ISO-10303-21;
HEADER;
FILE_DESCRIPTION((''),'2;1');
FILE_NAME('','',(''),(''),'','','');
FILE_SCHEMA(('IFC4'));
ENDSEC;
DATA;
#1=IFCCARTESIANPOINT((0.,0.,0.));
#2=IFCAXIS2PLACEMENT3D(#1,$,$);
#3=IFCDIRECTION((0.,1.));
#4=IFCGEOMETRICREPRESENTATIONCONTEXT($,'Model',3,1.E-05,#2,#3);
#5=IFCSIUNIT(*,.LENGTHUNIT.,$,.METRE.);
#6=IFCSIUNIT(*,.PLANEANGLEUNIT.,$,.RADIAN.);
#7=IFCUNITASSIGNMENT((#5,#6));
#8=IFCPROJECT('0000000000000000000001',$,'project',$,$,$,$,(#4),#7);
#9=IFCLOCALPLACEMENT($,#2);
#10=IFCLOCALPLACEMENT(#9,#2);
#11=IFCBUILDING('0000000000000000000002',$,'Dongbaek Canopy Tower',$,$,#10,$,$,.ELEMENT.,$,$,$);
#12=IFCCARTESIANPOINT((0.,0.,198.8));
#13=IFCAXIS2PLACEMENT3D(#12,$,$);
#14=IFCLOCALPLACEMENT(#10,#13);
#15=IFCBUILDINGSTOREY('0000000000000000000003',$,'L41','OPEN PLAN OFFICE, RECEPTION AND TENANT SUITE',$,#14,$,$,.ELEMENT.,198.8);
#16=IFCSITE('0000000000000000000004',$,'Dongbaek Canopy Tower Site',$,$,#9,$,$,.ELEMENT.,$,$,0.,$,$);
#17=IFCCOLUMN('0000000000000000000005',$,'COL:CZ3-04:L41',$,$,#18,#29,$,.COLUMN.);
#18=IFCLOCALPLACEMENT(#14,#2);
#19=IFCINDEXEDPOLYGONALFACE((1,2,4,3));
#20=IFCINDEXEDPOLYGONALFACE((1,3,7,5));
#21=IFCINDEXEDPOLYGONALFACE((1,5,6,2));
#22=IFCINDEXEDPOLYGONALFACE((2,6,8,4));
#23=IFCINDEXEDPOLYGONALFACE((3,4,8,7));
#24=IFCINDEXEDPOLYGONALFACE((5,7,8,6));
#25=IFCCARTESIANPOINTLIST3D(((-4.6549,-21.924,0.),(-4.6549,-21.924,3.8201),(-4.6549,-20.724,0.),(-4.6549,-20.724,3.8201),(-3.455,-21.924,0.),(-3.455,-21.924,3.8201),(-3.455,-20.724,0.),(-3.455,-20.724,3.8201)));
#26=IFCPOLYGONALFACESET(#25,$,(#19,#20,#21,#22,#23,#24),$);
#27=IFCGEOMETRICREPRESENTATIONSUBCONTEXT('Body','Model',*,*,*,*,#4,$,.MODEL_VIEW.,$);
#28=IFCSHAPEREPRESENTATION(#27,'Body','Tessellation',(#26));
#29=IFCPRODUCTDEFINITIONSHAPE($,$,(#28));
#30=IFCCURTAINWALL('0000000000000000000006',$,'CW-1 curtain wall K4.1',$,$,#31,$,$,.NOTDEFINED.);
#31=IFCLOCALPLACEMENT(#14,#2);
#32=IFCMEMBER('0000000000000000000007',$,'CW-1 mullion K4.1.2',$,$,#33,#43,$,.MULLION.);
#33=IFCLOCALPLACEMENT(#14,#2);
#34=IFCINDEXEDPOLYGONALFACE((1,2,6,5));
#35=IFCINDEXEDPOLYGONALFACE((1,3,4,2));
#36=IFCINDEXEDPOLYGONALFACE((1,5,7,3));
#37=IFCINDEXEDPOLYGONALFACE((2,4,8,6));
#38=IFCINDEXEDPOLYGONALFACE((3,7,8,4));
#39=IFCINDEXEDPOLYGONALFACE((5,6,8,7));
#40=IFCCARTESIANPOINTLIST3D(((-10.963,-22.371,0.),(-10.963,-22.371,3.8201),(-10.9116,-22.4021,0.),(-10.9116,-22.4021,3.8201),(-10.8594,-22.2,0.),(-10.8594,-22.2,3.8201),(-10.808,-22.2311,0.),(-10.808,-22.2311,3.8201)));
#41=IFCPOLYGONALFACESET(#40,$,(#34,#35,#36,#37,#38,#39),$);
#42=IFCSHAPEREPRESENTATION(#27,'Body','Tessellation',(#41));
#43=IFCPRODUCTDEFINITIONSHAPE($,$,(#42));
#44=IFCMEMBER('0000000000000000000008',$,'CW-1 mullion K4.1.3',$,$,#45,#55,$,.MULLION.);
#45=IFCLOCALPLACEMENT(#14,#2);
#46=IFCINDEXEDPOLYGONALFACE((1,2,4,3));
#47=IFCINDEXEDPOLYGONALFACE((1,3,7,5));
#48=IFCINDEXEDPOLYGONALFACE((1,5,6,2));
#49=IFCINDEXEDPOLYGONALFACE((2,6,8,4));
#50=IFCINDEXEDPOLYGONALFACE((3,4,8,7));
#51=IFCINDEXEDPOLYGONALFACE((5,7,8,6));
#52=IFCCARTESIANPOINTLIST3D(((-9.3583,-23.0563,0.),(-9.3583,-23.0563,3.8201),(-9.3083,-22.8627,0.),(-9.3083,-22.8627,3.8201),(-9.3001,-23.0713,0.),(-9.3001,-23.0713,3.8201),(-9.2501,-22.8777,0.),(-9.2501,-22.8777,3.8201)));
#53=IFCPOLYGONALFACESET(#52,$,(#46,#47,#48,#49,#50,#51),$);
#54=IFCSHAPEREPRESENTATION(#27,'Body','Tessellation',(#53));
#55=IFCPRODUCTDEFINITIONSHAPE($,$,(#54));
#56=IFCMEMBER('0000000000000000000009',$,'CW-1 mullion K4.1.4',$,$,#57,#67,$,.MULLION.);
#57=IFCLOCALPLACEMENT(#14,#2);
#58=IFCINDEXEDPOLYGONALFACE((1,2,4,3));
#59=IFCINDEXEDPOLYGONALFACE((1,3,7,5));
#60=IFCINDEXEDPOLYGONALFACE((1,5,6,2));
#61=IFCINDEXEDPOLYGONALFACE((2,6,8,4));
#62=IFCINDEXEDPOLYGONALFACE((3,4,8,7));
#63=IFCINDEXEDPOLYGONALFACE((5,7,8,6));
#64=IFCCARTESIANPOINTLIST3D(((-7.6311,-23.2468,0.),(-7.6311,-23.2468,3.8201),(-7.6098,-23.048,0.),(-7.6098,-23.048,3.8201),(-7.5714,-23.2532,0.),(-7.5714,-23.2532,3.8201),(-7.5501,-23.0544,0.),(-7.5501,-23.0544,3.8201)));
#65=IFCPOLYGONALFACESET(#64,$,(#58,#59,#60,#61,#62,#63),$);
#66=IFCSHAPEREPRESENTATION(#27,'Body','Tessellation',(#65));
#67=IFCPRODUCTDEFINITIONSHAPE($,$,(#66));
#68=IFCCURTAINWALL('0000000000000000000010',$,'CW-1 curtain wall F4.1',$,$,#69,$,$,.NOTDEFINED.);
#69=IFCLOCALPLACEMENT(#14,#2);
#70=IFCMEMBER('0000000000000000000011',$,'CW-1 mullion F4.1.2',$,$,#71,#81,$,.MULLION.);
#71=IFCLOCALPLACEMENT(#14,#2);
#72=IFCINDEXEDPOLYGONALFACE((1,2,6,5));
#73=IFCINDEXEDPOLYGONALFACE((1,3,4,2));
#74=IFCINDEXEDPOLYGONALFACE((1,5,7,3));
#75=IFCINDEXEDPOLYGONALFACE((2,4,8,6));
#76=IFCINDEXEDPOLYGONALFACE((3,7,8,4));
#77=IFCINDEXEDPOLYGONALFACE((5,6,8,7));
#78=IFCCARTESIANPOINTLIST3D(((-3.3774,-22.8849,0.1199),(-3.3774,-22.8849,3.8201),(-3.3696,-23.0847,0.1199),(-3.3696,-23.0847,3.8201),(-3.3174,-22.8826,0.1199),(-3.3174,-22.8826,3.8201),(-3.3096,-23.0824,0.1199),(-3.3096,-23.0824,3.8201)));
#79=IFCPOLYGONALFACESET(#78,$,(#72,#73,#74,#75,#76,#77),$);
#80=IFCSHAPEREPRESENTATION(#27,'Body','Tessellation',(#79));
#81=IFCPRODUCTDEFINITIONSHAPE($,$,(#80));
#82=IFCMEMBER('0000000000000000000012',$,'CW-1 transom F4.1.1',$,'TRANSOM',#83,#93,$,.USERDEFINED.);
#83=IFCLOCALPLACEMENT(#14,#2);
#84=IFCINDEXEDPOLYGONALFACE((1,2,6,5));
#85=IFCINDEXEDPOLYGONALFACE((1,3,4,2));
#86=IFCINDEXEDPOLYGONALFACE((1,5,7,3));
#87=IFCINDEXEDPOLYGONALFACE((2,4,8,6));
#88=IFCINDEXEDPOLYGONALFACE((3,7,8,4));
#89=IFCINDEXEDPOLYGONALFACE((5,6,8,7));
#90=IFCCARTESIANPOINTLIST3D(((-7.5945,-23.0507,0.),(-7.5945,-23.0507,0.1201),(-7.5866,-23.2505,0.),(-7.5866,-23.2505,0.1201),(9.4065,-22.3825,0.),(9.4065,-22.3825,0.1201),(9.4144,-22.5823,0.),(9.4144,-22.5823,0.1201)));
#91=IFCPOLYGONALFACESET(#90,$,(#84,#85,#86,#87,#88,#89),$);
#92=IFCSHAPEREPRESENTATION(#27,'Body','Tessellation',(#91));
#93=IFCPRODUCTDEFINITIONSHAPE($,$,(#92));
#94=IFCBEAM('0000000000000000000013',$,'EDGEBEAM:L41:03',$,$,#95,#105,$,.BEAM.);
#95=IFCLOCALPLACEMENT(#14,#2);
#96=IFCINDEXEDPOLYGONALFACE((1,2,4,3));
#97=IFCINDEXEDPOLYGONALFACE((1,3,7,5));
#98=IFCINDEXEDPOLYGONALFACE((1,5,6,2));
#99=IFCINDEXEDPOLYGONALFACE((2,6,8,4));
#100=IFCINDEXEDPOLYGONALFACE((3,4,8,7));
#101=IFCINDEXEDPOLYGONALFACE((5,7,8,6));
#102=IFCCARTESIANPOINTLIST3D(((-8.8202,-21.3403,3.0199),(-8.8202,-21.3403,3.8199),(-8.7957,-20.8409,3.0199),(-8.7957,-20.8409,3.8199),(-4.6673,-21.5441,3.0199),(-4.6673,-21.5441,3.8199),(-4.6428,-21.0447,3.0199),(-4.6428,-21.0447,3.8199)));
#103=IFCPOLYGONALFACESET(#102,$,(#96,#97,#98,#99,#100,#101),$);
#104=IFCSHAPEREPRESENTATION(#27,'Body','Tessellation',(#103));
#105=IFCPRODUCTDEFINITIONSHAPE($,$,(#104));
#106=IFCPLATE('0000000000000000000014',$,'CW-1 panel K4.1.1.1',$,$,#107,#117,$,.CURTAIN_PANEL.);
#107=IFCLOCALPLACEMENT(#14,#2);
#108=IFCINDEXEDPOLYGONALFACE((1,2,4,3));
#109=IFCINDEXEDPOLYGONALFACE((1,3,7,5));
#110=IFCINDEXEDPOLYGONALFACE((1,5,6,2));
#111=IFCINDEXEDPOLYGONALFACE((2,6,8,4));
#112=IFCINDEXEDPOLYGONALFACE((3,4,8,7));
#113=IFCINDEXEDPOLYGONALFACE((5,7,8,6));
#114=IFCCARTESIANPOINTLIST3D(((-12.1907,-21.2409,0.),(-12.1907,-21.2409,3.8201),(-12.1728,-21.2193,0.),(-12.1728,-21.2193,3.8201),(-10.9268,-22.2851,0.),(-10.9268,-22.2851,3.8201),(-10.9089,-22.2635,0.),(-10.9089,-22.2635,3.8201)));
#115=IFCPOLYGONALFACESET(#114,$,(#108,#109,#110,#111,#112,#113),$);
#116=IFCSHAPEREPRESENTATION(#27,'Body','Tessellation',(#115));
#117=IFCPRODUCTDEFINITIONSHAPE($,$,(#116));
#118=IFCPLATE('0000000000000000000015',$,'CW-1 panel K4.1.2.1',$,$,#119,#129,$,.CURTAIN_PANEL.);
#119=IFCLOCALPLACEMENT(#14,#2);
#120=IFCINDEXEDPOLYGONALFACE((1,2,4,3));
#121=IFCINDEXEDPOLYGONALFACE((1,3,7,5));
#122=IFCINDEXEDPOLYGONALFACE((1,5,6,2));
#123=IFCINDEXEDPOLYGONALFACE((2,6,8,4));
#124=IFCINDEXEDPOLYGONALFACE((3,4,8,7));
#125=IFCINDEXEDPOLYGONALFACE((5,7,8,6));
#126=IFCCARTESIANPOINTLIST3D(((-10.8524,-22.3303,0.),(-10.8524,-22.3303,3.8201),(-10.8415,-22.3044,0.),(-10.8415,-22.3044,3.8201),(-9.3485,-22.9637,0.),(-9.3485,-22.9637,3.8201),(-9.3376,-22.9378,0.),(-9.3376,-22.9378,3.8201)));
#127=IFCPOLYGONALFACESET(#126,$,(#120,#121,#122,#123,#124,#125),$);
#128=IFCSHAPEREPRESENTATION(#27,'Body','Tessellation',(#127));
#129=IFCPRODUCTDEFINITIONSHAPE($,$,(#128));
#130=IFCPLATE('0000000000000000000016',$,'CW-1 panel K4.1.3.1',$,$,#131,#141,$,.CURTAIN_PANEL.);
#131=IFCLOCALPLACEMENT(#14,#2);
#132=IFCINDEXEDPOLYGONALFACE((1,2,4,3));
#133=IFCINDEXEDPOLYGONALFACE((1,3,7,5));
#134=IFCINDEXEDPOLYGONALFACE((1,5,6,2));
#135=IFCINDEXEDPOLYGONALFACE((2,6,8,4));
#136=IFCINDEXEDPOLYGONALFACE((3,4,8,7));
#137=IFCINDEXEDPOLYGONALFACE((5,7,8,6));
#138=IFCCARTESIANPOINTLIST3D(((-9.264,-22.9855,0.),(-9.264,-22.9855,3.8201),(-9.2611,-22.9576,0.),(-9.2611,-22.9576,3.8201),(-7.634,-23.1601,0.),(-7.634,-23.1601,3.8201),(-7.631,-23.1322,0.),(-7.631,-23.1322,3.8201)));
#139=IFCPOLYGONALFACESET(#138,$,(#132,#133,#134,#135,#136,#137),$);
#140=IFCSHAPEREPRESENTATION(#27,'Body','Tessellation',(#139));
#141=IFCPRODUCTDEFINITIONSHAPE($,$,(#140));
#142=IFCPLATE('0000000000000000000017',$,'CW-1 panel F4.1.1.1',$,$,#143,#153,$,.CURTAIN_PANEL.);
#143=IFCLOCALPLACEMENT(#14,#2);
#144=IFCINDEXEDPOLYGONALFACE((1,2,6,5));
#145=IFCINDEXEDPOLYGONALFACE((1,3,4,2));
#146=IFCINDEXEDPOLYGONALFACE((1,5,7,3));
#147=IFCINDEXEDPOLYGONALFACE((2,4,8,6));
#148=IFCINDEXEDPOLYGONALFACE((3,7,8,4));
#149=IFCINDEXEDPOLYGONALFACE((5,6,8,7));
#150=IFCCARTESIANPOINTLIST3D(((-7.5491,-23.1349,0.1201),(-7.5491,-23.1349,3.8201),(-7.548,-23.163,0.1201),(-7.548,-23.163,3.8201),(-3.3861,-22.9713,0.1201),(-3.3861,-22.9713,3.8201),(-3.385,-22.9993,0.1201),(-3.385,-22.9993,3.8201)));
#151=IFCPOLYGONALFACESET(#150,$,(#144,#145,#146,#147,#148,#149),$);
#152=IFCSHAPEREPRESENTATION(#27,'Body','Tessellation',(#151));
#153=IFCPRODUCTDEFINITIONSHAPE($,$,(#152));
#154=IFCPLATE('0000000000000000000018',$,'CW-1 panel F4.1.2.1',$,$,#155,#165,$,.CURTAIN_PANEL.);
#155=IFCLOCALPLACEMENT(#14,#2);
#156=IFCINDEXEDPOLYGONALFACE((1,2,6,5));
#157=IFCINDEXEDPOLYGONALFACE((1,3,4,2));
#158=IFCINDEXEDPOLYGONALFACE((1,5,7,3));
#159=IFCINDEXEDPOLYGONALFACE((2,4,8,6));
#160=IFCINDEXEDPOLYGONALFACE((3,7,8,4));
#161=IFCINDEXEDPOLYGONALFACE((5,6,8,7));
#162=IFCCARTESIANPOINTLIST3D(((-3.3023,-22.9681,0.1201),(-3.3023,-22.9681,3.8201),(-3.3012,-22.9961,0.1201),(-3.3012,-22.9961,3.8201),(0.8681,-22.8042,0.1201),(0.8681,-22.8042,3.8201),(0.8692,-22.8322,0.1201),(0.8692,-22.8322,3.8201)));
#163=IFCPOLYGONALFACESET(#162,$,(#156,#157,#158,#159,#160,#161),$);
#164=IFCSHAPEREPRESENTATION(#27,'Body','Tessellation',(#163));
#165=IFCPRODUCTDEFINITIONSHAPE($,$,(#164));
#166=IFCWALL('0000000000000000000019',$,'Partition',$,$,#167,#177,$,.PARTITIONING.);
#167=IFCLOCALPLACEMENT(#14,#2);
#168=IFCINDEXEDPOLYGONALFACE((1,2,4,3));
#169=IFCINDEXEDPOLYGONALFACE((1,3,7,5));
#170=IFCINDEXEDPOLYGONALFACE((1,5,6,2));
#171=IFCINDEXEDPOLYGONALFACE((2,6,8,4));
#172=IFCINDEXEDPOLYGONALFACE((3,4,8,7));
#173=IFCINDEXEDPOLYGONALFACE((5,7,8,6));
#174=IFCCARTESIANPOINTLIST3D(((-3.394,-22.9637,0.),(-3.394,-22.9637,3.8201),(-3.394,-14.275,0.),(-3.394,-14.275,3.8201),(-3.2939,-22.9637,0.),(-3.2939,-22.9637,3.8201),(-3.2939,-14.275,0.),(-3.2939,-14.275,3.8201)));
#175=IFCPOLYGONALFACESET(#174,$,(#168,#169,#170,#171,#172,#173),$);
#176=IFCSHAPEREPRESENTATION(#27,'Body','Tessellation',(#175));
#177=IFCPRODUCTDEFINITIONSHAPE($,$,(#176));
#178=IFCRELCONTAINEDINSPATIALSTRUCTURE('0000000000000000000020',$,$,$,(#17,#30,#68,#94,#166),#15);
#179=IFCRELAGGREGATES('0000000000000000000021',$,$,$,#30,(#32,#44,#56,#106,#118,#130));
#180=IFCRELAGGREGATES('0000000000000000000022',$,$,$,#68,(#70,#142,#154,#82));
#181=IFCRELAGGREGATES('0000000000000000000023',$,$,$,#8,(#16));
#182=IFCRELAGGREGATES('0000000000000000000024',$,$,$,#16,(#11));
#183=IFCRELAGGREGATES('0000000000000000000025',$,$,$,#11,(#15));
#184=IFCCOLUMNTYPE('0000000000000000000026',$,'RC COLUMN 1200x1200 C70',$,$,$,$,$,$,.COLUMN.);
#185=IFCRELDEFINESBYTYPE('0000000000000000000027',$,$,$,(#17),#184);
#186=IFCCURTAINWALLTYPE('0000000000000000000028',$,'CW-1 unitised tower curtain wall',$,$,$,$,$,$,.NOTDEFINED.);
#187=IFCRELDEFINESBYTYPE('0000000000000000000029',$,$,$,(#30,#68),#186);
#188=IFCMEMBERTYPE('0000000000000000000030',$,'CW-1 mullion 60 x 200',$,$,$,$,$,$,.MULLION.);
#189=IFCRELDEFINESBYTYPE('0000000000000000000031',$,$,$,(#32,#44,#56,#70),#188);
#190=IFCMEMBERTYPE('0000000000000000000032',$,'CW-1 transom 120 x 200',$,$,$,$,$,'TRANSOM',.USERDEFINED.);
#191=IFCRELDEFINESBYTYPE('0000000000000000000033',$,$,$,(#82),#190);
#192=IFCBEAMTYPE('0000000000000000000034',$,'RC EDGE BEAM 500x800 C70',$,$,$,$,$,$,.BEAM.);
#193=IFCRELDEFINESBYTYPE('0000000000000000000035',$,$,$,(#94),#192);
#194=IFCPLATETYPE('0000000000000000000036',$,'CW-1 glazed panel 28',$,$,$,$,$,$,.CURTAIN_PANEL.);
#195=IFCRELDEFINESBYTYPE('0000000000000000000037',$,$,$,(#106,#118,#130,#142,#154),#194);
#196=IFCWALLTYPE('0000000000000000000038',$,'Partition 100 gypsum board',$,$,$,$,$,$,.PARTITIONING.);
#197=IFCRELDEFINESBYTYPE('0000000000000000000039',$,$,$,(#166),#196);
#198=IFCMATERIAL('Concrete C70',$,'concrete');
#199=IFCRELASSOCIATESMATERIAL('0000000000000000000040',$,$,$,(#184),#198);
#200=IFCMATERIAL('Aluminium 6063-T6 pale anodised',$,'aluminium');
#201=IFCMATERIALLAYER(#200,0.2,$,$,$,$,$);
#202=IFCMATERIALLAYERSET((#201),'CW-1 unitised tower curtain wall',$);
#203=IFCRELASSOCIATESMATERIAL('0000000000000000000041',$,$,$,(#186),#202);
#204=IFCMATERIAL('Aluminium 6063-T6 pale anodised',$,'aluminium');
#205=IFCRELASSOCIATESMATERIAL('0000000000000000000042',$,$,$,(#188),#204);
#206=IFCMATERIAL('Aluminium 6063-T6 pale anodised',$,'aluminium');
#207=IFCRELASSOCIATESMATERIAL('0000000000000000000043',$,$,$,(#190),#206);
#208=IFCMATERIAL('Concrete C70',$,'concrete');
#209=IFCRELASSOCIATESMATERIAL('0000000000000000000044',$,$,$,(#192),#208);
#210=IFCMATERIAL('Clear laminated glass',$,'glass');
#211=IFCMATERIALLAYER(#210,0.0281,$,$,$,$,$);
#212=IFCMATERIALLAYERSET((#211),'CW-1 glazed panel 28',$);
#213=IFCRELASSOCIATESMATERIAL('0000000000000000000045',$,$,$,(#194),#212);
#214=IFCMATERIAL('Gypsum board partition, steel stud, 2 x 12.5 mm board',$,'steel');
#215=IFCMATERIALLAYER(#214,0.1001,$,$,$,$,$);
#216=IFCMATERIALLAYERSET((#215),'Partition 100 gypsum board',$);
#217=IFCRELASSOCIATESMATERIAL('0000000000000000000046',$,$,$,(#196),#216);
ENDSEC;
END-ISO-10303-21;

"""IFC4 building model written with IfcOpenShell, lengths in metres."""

from ifc_helpers import new_model, si_unit, direction, frame, frame_2d, origin, origin_2d, place, context, subcontext, project, spatial, rectangle, extrude, material, layer, layer_set, material_profile, profile_set, type_object, element, aggregate, save


model = new_model("IFC4")

# Units and contexts
model_context = context("Model", 3, precision=1e-05, world=origin(), true_north=direction((0.0, 1.0)))
body_context = subcontext(model_context, "Body", "Model", "MODEL_VIEW")
ifc_project = project(units=[si_unit("LENGTHUNIT", "METRE"), si_unit("PLANEANGLEUNIT", "RADIAN")], contexts=[model_context])

# Site, building, storey
site_placement = place(None, origin())
site = spatial("IfcSite", under=ifc_project, at=site_placement, Name="Dongbaek Canopy Tower Site", CompositionType="ELEMENT", RefElevation=0.0)
building_placement = place(site_placement, origin())
building = spatial("IfcBuilding", under=site, at=building_placement, Name="Dongbaek Canopy Tower", CompositionType="ELEMENT")
storey_placement = place(building_placement, frame((0.0, 0.0, 198.8)))
storey = spatial("IfcBuildingStorey", under=building, at=storey_placement, Name="L41", Description="OPEN PLAN OFFICE, RECEPTION AND TENANT SUITE", CompositionType="ELEMENT", Elevation=198.8)

# Column
ifc_material_1 = material(Name="Concrete C70", Category="concrete")
ifc_material_profile_1 = material_profile(ifc_material_1, rectangle(XDim=1.2, YDim=1.2, at=origin_2d()), Name="RC COLUMN 1200x1200 C70")
ifc_profile_set_1 = profile_set([ifc_material_profile_1], Name="Concrete C70")
column_type = type_object("IfcColumnType", Name="RC COLUMN 1200x1200 C70", PredefinedType="COLUMN", material=ifc_profile_set_1)
column_placement = place(storey_placement, frame((-4.0549, -21.324, 0.0), z_axis=(0.0, 0.0, 1.0), x_axis=(1.0, 0.0, 0.0)))
element("IfcColumn", 1, at=column_placement, inside=storey, type_object=column_type, Name="COL:CZ3-04:L41", PredefinedType="COLUMN", context=body_context, shape_type="SweptSolid", body=[
    extrude(rectangle(XDim=1.2, YDim=1.2, at=origin_2d()), origin(), (0.0, 0.0, 1.0), 3.8201),
])

# Curtain walls, members
ifc_material_2 = material(Name="Aluminium 6063-T6 pale anodised", Category="aluminium")
ifc_layer_1 = layer(ifc_material_2, 0.2)
ifc_layer_set_1 = layer_set([ifc_layer_1], Name="CW-1 unitised tower curtain wall")
curtain_wall_type = type_object("IfcCurtainWallType", Name="CW-1 unitised tower curtain wall", PredefinedType="NOTDEFINED", material=ifc_layer_set_1)
curtain_wall_1_placement = place(storey_placement, origin())
curtain_wall_1 = element("IfcCurtainWall", 2, at=curtain_wall_1_placement, inside=storey, type_object=curtain_wall_type, Name="CW-1 curtain wall K4.1", PredefinedType="NOTDEFINED")
ifc_material_3 = material(Name="Aluminium 6063-T6 pale anodised", Category="aluminium")
ifc_material_profile_2 = material_profile(ifc_material_3, rectangle(XDim=0.2, YDim=0.0601, at=origin_2d()), Name="CW-1 mullion 60 x 200")
ifc_profile_set_2 = profile_set([ifc_material_profile_2], Name="Aluminium 6063-T6 pale anodised")
member_type_1 = type_object("IfcMemberType", Name="CW-1 mullion 60 x 200", PredefinedType="MULLION", material=ifc_profile_set_2)
member_1_placement = place(storey_placement, frame((-10.8855, -22.301, 0.0), z_axis=(0.0, 0.0, 1.0), x_axis=(-0.518049, -0.855351, 0.0)))
member_1 = element("IfcMember", 3, at=member_1_placement, type_object=member_type_1, Name="CW-1 mullion K4.1.2", PredefinedType="MULLION", context=body_context, shape_type="SweptSolid", body=[
    extrude(rectangle(XDim=0.2, YDim=0.0601, at=origin_2d()), origin(), (0.0, 0.0, 1.0), 3.8201),
])
member_2_placement = place(storey_placement, frame((-9.3042, -22.967, 0.0), z_axis=(0.0, 0.0, 1.0), x_axis=(-0.249962, -0.968256, 0.0)))
member_2 = element("IfcMember", 4, at=member_2_placement, type_object=member_type_1, Name="CW-1 mullion K4.1.3", PredefinedType="MULLION", context=body_context, shape_type="SweptSolid", body=[
    extrude(rectangle(XDim=0.2, YDim=0.0601, at=origin_2d()), origin(), (0.0, 0.0, 1.0), 3.8201),
])
member_3_placement = place(storey_placement, frame((-7.5906, -23.1506, 0.0), z_axis=(0.0, 0.0, 1.0), x_axis=(-0.106476, -0.994315, 0.0)))
member_3 = element("IfcMember", 5, at=member_3_placement, type_object=member_type_1, Name="CW-1 mullion K4.1.4", PredefinedType="MULLION", context=body_context, shape_type="SweptSolid", body=[
    extrude(rectangle(XDim=0.2, YDim=0.0601, at=origin_2d()), origin(), (0.0, 0.0, 1.0), 3.8201),
])
curtain_wall_2_placement = place(storey_placement, origin())
curtain_wall_2 = element("IfcCurtainWall", 6, at=curtain_wall_2_placement, inside=storey, type_object=curtain_wall_type, Name="CW-1 curtain wall F4.1", PredefinedType="NOTDEFINED")
member_4_placement = place(storey_placement, frame((-3.3435, -22.9836, 0.1199), z_axis=(0.0, 0.0, 1.0), x_axis=(0.039276, -0.999228, 0.0)))
member_4 = element("IfcMember", 7, at=member_4_placement, type_object=member_type_1, Name="CW-1 mullion F4.1.2", PredefinedType="MULLION", context=body_context, shape_type="SweptSolid", body=[
    extrude(rectangle(XDim=0.2, YDim=0.0601, at=origin_2d()), origin(), (0.0, 0.0, 1.0), 3.7002),
])
ifc_material_4 = material(Name="Aluminium 6063-T6 pale anodised", Category="aluminium")
ifc_material_profile_3 = material_profile(ifc_material_4, rectangle(XDim=0.2, YDim=0.1201, at=origin_2d()), Name="CW-1 transom 120 x 200")
ifc_profile_set_3 = profile_set([ifc_material_profile_3], Name="Aluminium 6063-T6 pale anodised")
member_type_2 = type_object("IfcMemberType", Name="CW-1 transom 120 x 200", ElementType="TRANSOM", PredefinedType="USERDEFINED", material=ifc_profile_set_3)
member_5_placement = place(storey_placement, frame((-7.5906, -23.1506, 0.0601), z_axis=(0.999228, 0.039274, 0.0), x_axis=(-0.039274, 0.999228, 0.0)))
member_5 = element("IfcMember", 8, at=member_5_placement, type_object=member_type_2, Name="CW-1 transom F4.1.1", ObjectType="TRANSOM", PredefinedType="USERDEFINED", context=body_context, shape_type="SweptSolid", body=[
    extrude(rectangle(XDim=0.2, YDim=0.1201, at=origin_2d()), origin(), (0.0, 0.0, 1.0), 17.0142),
])

# Beam
ifc_material_5 = material(Name="Concrete C70", Category="concrete")
ifc_material_profile_4 = material_profile(ifc_material_5, rectangle(XDim=0.5, YDim=0.8, at=origin_2d()), Name="RC EDGE BEAM 500x800 C70")
ifc_profile_set_4 = profile_set([ifc_material_profile_4], Name="Concrete C70")
beam_type = type_object("IfcBeamType", Name="RC EDGE BEAM 500x800 C70", PredefinedType="BEAM", material=ifc_profile_set_4)
beam_placement = place(storey_placement, frame((-4.655, -21.2944, 3.4199), z_axis=(-0.998797, 0.049027, 0.0), x_axis=(-0.049027, -0.998797, 0.0)))
element("IfcBeam", 9, at=beam_placement, inside=storey, type_object=beam_type, Name="EDGEBEAM:L41:03", PredefinedType="BEAM", context=body_context, shape_type="SweptSolid", body=[
    extrude(rectangle(XDim=0.5, YDim=0.8, at=origin_2d()), origin(), (0.0, 0.0, 1.0), 4.158),
])

# Plates
ifc_material_6 = material(Name="Clear laminated glass", Category="glass")
ifc_layer_2 = layer(ifc_material_6, 0.0281)
ifc_layer_set_2 = layer_set([ifc_layer_2], Name="CW-1 glazed panel 28")
plate_type = type_object("IfcPlateType", Name="CW-1 glazed panel 28", PredefinedType="CURTAIN_PANEL", material=ifc_layer_set_2)
plate_1_placement = place(storey_placement, frame((-11.5498, -21.7522, 0.0), z_axis=(0.0, 0.0, 1.0), x_axis=(0.770907, -0.636948, 0.0)))
plate_1 = element("IfcPlate", 10, at=plate_1_placement, type_object=plate_type, Name="CW-1 panel K4.1.1.1", PredefinedType="CURTAIN_PANEL", context=body_context, shape_type="SweptSolid", body=[
    extrude(rectangle(XDim=1.6394, YDim=0.0281, at=origin_2d()), origin(), (0.0, 0.0, 1.0), 3.8201),
])
plate_2_placement = place(storey_placement, frame((-10.095, -22.634, 0.0), z_axis=(0.0, 0.0, 1.0), x_axis=(0.921603, -0.388133, 0.0)))
plate_2 = element("IfcPlate", 11, at=plate_2_placement, type_object=plate_type, Name="CW-1 panel K4.1.2.1", PredefinedType="CURTAIN_PANEL", context=body_context, shape_type="SweptSolid", body=[
    extrude(rectangle(XDim=1.6318, YDim=0.0281, at=origin_2d()), origin(), (0.0, 0.0, 1.0), 3.8201),
])
plate_3_placement = place(storey_placement, frame((-8.4475, -23.0588, 0.0), z_axis=(0.0, 0.0, 1.0), x_axis=(0.994315, -0.106476, 0.0)))
plate_3 = element("IfcPlate", 12, at=plate_3_placement, type_object=plate_type, Name="CW-1 panel K4.1.3.1", PredefinedType="CURTAIN_PANEL", context=body_context, shape_type="SweptSolid", body=[
    extrude(rectangle(XDim=1.6394, YDim=0.0281, at=origin_2d()), origin(), (0.0, 0.0, 1.0), 3.8201),
])
plate_4_placement = place(storey_placement, frame((-5.467, -23.0671, 0.1201), z_axis=(0.0, 0.0, 1.0), x_axis=(0.999228, 0.039276, 0.0)))
plate_4 = element("IfcPlate", 13, at=plate_4_placement, type_object=plate_type, Name="CW-1 panel F4.1.1.1", PredefinedType="CURTAIN_PANEL", context=body_context, shape_type="SweptSolid", body=[
    extrude(rectangle(XDim=4.1663, YDim=0.0281, at=origin_2d()), origin(), (0.0, 0.0, 1.0), 3.7),
])
plate_5_placement = place(storey_placement, frame((-1.2166, -22.9001, 0.1201), z_axis=(0.0, 0.0, 1.0), x_axis=(0.999228, 0.039276, 0.0)))
plate_5 = element("IfcPlate", 14, at=plate_5_placement, type_object=plate_type, Name="CW-1 panel F4.1.2.1", PredefinedType="CURTAIN_PANEL", context=body_context, shape_type="SweptSolid", body=[
    extrude(rectangle(XDim=4.1736, YDim=0.0281, at=origin_2d()), origin(), (0.0, 0.0, 1.0), 3.7),
])

# Wall
ifc_material_7 = material(Name="Gypsum board partition, steel stud, 2 x 12.5 mm board", Category="steel")
ifc_layer_3 = layer(ifc_material_7, 0.1001)
ifc_layer_set_3 = layer_set([ifc_layer_3], Name="Partition 100 gypsum board")
wall_type = type_object("IfcWallType", Name="Partition 100 gypsum board", PredefinedType="PARTITIONING", material=ifc_layer_set_3)
wall_placement = place(storey_placement, frame((-3.344, -22.9636, 0.0), z_axis=(0.0, 0.0, 1.0), x_axis=(0.0, 1.0, 0.0)))
element("IfcWall", 15, at=wall_placement, inside=storey, type_object=wall_type, Name="Partition", PredefinedType="PARTITIONING", context=body_context, shape_type="SweptSolid", body=[
    extrude(rectangle(XDim=8.6887, YDim=0.1001, at=frame_2d((4.3442, 0.0))), origin(), (0.0, 0.0, 1.0), 3.8201),
])

aggregate(curtain_wall_1, [member_1, member_2, member_3, plate_1, plate_2, plate_3])
aggregate(curtain_wall_2, [member_4, plate_4, plate_5, member_5])

save(model, "model.ifc")
